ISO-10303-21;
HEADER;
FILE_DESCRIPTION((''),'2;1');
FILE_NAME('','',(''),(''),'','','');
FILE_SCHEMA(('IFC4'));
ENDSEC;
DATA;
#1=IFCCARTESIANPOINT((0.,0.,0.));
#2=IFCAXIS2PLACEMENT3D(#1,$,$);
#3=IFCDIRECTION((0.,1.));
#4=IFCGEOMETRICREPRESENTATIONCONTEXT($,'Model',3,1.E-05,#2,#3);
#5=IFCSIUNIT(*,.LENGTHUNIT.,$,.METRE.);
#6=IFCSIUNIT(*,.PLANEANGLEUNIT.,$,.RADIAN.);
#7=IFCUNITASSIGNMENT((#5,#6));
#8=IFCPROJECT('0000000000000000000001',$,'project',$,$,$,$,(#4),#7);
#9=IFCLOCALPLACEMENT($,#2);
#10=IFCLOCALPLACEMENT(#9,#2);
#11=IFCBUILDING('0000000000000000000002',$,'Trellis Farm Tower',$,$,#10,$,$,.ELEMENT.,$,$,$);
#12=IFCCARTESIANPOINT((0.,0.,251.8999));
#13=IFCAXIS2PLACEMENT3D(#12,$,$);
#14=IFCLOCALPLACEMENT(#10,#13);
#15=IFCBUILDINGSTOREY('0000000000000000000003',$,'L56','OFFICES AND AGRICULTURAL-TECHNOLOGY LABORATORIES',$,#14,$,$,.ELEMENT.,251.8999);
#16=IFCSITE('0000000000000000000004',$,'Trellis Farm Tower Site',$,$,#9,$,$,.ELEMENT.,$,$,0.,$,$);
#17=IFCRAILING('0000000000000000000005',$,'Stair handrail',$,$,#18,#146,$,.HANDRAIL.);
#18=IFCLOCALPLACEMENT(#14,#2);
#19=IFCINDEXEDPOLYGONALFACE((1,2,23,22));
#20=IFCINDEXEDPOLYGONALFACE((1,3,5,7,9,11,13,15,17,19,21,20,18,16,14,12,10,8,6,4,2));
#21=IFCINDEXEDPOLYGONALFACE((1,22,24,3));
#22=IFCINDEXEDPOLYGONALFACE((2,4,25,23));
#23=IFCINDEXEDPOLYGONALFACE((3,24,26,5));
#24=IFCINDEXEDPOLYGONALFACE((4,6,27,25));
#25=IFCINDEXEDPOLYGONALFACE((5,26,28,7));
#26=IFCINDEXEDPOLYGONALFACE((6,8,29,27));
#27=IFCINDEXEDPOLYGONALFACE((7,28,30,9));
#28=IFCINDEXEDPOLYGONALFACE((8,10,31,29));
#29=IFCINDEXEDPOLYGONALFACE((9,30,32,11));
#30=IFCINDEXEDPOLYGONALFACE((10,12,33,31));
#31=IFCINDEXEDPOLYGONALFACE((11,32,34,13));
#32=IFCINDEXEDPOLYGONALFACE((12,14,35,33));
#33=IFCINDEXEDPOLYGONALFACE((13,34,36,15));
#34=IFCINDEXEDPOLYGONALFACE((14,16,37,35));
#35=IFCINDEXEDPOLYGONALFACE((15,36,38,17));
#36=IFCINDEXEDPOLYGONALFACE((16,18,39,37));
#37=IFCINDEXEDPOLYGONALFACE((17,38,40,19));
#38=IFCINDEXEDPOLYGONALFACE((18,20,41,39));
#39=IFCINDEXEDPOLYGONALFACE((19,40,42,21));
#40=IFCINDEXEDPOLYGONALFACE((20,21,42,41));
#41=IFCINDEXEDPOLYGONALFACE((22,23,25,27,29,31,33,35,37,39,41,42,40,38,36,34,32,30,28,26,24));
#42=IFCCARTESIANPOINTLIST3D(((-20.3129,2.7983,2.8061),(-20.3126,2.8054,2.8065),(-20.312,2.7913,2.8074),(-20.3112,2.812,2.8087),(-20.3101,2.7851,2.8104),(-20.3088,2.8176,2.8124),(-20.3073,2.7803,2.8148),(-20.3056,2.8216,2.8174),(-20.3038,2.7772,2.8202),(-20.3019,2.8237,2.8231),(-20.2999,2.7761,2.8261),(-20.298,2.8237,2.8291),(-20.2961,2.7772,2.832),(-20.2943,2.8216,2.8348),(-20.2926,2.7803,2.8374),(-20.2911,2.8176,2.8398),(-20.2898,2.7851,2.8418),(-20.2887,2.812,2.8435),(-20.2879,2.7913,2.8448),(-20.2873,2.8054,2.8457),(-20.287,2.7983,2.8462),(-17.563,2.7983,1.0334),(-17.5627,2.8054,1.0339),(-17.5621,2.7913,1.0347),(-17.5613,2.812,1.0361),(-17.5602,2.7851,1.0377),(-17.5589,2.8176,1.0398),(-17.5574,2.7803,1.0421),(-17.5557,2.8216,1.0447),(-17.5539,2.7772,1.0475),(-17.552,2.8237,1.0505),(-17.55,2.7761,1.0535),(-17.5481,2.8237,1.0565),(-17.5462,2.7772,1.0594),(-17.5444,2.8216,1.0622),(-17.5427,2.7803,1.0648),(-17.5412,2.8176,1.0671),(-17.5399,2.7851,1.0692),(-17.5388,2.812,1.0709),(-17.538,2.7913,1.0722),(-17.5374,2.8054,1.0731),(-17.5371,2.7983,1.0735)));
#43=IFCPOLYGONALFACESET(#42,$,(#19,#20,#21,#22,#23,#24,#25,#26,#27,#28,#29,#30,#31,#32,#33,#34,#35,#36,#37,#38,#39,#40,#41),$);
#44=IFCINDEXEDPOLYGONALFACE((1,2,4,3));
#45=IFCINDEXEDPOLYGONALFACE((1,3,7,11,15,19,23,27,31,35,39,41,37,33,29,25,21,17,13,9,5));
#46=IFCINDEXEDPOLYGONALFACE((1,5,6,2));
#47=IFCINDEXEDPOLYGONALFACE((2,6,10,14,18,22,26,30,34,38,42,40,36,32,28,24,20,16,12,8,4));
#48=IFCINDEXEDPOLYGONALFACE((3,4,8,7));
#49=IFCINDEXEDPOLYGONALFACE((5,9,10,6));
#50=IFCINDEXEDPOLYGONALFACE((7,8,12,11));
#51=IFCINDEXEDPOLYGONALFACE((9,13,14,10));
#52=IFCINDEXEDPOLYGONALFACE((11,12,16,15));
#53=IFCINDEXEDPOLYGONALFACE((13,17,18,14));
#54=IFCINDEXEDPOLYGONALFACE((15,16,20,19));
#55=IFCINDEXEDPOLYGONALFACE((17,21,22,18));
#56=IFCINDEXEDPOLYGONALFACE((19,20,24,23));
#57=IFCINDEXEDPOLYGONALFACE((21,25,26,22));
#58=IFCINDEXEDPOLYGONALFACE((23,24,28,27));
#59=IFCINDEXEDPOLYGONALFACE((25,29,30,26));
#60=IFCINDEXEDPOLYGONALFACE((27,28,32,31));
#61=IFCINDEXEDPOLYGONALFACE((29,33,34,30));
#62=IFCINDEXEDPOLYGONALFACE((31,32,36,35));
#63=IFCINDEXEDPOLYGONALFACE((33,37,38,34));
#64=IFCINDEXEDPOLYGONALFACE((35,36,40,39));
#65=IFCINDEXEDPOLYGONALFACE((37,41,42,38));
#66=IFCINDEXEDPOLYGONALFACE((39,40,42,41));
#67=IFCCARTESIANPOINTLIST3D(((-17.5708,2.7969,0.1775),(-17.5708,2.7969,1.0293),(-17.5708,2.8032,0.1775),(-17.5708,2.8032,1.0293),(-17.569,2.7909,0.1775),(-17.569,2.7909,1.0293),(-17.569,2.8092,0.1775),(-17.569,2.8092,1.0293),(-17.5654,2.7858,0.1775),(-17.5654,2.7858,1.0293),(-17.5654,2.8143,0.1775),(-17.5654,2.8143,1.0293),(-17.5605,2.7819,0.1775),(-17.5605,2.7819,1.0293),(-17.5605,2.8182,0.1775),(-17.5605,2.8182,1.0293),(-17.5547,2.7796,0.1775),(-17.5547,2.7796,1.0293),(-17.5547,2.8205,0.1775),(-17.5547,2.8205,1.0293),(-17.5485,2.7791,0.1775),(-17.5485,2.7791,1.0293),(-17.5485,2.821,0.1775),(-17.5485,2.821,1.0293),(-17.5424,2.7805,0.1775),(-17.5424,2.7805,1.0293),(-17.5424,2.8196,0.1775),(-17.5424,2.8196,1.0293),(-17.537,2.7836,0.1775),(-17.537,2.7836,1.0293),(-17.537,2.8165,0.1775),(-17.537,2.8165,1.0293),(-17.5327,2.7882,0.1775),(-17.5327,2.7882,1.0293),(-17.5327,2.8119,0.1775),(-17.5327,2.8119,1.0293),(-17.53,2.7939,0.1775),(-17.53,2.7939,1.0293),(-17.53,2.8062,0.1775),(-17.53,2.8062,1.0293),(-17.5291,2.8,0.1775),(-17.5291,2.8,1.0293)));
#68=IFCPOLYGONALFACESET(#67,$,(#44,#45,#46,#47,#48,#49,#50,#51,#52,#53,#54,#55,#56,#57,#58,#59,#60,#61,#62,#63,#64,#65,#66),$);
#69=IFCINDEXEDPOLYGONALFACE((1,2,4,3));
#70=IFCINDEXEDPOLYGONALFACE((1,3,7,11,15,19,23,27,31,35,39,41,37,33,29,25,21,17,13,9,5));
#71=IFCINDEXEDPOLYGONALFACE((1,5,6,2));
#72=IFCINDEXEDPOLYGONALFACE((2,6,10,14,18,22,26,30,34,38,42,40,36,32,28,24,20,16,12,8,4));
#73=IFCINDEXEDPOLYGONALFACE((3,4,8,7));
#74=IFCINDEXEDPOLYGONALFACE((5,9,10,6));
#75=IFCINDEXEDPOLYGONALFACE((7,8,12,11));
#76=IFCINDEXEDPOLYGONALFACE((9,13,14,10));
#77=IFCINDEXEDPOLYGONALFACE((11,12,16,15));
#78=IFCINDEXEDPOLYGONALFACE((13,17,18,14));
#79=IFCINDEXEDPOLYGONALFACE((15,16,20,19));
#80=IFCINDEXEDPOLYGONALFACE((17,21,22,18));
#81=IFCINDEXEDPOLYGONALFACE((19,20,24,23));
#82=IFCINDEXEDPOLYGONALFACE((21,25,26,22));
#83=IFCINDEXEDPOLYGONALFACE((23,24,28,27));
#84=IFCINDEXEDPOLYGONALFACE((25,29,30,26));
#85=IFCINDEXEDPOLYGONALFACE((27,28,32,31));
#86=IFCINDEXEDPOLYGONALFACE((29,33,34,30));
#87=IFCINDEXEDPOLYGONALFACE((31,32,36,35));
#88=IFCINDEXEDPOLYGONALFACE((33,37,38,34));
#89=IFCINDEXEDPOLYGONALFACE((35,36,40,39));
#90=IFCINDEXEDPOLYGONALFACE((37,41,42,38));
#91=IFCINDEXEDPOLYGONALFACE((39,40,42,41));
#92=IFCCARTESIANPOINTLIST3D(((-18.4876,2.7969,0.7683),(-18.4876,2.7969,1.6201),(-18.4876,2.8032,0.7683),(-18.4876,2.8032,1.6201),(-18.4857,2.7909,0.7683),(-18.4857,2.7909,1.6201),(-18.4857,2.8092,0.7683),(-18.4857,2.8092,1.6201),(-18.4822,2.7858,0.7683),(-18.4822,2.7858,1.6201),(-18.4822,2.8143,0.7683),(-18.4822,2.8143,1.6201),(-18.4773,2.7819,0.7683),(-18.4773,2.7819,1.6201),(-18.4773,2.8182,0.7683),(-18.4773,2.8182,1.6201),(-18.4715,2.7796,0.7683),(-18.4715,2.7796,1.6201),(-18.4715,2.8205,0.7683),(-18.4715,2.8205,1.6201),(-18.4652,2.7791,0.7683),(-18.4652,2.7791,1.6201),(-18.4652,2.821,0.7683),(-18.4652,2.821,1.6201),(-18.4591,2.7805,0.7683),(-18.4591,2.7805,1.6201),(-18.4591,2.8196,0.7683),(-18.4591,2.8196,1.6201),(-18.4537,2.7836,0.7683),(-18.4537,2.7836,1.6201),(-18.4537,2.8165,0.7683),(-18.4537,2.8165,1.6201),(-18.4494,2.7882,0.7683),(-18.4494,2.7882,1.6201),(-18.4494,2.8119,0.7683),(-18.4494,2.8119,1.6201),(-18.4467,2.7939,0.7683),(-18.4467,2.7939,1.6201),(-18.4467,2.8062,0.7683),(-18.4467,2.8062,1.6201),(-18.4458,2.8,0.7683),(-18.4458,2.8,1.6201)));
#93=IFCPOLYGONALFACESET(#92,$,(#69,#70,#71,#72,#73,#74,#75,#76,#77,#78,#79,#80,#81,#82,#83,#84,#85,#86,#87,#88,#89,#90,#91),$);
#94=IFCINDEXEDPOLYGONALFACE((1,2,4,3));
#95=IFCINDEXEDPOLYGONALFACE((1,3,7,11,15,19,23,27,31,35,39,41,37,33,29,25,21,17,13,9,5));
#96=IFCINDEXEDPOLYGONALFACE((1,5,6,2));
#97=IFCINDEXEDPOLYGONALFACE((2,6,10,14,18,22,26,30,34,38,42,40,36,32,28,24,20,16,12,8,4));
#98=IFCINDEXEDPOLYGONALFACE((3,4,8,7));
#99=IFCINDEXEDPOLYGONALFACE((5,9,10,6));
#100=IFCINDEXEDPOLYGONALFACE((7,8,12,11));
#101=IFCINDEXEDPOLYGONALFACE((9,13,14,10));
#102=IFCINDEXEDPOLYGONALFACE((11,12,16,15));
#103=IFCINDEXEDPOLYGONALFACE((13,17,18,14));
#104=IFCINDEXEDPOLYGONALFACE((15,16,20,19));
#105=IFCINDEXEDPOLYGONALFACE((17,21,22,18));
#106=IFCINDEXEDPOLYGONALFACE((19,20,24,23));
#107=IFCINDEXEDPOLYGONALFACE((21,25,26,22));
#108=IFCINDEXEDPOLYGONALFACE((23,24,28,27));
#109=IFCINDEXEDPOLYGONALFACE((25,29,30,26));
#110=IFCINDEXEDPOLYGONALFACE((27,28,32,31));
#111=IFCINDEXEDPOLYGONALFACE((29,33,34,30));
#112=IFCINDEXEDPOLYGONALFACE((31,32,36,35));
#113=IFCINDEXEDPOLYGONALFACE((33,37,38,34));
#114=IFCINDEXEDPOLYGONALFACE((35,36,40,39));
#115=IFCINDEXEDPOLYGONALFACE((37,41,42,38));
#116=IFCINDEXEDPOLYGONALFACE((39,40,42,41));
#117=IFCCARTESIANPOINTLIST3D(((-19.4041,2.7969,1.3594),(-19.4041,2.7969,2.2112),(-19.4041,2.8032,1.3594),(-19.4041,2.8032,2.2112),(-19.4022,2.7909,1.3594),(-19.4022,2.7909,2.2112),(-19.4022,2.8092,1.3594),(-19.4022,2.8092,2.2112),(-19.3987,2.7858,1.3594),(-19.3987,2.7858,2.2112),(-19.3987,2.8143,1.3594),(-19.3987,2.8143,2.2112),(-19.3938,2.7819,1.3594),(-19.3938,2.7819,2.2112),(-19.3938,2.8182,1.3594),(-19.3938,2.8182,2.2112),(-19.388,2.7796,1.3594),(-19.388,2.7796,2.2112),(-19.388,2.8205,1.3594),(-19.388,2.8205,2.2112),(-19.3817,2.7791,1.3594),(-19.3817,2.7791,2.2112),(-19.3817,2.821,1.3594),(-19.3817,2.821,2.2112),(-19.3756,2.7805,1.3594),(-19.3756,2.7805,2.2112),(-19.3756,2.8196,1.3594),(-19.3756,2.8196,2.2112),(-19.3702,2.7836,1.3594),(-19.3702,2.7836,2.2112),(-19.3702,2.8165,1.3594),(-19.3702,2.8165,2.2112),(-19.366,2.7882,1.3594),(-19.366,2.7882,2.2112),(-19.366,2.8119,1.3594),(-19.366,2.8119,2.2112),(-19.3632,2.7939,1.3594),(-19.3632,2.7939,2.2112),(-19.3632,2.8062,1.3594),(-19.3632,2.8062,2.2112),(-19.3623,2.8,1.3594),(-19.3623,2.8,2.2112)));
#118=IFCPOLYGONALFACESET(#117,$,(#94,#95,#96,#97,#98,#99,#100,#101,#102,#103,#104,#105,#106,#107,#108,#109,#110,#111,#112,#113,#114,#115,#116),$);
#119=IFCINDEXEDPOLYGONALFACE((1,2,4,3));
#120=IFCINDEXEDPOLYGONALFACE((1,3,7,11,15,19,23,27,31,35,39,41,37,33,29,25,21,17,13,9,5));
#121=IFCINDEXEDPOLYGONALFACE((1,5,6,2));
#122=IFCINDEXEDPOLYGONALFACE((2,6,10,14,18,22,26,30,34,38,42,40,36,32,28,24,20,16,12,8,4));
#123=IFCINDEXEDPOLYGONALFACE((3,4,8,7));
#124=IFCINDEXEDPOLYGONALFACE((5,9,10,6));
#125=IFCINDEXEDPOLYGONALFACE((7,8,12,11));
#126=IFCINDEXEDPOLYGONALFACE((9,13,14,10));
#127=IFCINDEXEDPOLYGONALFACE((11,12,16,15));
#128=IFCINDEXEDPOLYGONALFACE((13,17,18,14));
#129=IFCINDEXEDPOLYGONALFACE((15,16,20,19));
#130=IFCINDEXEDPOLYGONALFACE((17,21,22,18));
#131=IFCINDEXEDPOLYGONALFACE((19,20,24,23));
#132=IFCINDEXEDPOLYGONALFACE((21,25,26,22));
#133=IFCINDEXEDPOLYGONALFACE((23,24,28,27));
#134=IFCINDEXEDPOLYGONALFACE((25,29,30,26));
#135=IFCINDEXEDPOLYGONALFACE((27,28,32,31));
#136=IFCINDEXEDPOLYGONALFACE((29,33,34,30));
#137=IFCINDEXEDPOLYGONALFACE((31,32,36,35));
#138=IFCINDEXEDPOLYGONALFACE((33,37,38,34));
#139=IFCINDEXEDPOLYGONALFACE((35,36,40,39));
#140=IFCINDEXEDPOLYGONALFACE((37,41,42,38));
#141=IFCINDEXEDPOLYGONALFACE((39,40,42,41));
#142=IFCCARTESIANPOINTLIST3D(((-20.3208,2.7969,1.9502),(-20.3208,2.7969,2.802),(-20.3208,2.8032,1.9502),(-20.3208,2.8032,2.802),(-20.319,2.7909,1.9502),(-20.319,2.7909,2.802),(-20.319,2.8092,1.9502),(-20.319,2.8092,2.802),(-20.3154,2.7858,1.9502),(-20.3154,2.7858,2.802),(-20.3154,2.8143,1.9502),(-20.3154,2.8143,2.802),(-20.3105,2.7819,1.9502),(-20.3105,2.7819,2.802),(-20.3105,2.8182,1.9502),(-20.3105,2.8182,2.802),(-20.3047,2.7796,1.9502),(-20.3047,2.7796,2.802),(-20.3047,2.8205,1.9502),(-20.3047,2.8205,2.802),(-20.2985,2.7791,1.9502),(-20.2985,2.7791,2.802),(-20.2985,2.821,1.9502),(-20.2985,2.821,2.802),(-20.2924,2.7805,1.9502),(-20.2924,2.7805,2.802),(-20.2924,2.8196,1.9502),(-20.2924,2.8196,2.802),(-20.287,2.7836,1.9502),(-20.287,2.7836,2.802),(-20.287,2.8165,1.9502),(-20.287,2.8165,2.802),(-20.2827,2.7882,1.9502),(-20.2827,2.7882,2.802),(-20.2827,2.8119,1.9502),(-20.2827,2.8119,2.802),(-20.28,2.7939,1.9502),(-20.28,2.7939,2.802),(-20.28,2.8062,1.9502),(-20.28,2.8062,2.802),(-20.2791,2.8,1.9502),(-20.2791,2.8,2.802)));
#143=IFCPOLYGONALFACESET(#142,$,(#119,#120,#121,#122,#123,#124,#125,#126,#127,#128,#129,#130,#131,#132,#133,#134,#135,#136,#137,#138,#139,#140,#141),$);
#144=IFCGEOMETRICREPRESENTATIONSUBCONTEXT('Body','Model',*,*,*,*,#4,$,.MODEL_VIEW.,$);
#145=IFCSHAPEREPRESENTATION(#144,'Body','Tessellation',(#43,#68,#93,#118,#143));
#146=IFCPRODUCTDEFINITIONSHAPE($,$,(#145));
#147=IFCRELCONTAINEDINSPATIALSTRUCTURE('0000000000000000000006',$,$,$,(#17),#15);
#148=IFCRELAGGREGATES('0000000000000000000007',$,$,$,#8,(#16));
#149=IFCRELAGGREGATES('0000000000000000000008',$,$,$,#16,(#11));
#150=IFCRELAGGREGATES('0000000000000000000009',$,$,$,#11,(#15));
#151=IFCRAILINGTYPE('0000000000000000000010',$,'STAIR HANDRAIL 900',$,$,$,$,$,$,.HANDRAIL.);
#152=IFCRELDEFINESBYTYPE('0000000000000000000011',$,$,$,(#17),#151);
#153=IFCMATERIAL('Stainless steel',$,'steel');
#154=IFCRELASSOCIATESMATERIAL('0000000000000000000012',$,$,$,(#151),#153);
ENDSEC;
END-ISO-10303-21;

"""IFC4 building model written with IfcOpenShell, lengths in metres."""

from ifc_helpers import new_model, si_unit, direction, frame, origin, origin_2d, place, context, subcontext, project, spatial, circle, extrude, source, transform, mapped, material, type_object, element, save


model = new_model("IFC4")

# Units and contexts
model_context = context("Model", 3, precision=1e-05, world=origin(), true_north=direction((0.0, 1.0)))
body_context = subcontext(model_context, "Body", "Model", "MODEL_VIEW")
ifc_project = project(units=[si_unit("LENGTHUNIT", "METRE"), si_unit("PLANEANGLEUNIT", "RADIAN")], contexts=[model_context])

# Site, building, storey
site_placement = place(None, origin())
site = spatial("IfcSite", under=ifc_project, at=site_placement, Name="Trellis Farm Tower Site", CompositionType="ELEMENT", RefElevation=0.0)
building_placement = place(site_placement, origin())
building = spatial("IfcBuilding", under=site, at=building_placement, Name="Trellis Farm Tower", CompositionType="ELEMENT")
storey_placement = place(building_placement, frame((0.0, 0.0, 251.8999)))
storey = spatial("IfcBuildingStorey", under=building, at=storey_placement, Name="L56", Description="OFFICES AND AGRICULTURAL-TECHNOLOGY LABORATORIES", CompositionType="ELEMENT", Elevation=251.8999)

# Railing
ifc_material_1 = material(Name="Stainless steel", Category="steel")
railing_type = type_object("IfcRailingType", Name="STAIR HANDRAIL 900", PredefinedType="HANDRAIL", material=ifc_material_1)
shared_shape_1 = source(origin(), body_context, "Body", "SweptSolid", [
    extrude(circle(Radius=0.0239, at=origin_2d()), frame((0.0, 0.0, 0.876), z_axis=(-0.840504, 0.0, 0.541806), x_axis=(0.0, -1.0, 0.0)), (0.0, 0.0, 1.0), 3.2717),
    extrude(circle(Radius=0.021, at=origin_2d()), origin(), (0.0, 0.0, 1.0), 0.8518),
    extrude(circle(Radius=0.021, at=origin_2d()), frame((-0.9167, 0.0, 0.5908)), (0.0, 0.0, 1.0), 0.8518),
    extrude(circle(Radius=0.021, at=origin_2d()), frame((-1.8333, 0.0, 1.1819)), (0.0, 0.0, 1.0), 0.8518),
    extrude(circle(Radius=0.021, at=origin_2d()), frame((-2.75, 0.0, 1.7727)), (0.0, 0.0, 1.0), 0.8518),
])
for number, where, name in (
    (1, (-17.55, 2.8, 0.1775), "Stair handrail"),
):
    element("IfcRailing", number, at=place(storey_placement, frame(where)), inside=storey, type_object=railing_type, Name=name, PredefinedType="HANDRAIL", context=body_context, shape_type="MappedRepresentation", body=[
        mapped(shared_shape_1, transform((0.0, 0.0, 0.0))),
    ])

save(model, "model.ifc")
